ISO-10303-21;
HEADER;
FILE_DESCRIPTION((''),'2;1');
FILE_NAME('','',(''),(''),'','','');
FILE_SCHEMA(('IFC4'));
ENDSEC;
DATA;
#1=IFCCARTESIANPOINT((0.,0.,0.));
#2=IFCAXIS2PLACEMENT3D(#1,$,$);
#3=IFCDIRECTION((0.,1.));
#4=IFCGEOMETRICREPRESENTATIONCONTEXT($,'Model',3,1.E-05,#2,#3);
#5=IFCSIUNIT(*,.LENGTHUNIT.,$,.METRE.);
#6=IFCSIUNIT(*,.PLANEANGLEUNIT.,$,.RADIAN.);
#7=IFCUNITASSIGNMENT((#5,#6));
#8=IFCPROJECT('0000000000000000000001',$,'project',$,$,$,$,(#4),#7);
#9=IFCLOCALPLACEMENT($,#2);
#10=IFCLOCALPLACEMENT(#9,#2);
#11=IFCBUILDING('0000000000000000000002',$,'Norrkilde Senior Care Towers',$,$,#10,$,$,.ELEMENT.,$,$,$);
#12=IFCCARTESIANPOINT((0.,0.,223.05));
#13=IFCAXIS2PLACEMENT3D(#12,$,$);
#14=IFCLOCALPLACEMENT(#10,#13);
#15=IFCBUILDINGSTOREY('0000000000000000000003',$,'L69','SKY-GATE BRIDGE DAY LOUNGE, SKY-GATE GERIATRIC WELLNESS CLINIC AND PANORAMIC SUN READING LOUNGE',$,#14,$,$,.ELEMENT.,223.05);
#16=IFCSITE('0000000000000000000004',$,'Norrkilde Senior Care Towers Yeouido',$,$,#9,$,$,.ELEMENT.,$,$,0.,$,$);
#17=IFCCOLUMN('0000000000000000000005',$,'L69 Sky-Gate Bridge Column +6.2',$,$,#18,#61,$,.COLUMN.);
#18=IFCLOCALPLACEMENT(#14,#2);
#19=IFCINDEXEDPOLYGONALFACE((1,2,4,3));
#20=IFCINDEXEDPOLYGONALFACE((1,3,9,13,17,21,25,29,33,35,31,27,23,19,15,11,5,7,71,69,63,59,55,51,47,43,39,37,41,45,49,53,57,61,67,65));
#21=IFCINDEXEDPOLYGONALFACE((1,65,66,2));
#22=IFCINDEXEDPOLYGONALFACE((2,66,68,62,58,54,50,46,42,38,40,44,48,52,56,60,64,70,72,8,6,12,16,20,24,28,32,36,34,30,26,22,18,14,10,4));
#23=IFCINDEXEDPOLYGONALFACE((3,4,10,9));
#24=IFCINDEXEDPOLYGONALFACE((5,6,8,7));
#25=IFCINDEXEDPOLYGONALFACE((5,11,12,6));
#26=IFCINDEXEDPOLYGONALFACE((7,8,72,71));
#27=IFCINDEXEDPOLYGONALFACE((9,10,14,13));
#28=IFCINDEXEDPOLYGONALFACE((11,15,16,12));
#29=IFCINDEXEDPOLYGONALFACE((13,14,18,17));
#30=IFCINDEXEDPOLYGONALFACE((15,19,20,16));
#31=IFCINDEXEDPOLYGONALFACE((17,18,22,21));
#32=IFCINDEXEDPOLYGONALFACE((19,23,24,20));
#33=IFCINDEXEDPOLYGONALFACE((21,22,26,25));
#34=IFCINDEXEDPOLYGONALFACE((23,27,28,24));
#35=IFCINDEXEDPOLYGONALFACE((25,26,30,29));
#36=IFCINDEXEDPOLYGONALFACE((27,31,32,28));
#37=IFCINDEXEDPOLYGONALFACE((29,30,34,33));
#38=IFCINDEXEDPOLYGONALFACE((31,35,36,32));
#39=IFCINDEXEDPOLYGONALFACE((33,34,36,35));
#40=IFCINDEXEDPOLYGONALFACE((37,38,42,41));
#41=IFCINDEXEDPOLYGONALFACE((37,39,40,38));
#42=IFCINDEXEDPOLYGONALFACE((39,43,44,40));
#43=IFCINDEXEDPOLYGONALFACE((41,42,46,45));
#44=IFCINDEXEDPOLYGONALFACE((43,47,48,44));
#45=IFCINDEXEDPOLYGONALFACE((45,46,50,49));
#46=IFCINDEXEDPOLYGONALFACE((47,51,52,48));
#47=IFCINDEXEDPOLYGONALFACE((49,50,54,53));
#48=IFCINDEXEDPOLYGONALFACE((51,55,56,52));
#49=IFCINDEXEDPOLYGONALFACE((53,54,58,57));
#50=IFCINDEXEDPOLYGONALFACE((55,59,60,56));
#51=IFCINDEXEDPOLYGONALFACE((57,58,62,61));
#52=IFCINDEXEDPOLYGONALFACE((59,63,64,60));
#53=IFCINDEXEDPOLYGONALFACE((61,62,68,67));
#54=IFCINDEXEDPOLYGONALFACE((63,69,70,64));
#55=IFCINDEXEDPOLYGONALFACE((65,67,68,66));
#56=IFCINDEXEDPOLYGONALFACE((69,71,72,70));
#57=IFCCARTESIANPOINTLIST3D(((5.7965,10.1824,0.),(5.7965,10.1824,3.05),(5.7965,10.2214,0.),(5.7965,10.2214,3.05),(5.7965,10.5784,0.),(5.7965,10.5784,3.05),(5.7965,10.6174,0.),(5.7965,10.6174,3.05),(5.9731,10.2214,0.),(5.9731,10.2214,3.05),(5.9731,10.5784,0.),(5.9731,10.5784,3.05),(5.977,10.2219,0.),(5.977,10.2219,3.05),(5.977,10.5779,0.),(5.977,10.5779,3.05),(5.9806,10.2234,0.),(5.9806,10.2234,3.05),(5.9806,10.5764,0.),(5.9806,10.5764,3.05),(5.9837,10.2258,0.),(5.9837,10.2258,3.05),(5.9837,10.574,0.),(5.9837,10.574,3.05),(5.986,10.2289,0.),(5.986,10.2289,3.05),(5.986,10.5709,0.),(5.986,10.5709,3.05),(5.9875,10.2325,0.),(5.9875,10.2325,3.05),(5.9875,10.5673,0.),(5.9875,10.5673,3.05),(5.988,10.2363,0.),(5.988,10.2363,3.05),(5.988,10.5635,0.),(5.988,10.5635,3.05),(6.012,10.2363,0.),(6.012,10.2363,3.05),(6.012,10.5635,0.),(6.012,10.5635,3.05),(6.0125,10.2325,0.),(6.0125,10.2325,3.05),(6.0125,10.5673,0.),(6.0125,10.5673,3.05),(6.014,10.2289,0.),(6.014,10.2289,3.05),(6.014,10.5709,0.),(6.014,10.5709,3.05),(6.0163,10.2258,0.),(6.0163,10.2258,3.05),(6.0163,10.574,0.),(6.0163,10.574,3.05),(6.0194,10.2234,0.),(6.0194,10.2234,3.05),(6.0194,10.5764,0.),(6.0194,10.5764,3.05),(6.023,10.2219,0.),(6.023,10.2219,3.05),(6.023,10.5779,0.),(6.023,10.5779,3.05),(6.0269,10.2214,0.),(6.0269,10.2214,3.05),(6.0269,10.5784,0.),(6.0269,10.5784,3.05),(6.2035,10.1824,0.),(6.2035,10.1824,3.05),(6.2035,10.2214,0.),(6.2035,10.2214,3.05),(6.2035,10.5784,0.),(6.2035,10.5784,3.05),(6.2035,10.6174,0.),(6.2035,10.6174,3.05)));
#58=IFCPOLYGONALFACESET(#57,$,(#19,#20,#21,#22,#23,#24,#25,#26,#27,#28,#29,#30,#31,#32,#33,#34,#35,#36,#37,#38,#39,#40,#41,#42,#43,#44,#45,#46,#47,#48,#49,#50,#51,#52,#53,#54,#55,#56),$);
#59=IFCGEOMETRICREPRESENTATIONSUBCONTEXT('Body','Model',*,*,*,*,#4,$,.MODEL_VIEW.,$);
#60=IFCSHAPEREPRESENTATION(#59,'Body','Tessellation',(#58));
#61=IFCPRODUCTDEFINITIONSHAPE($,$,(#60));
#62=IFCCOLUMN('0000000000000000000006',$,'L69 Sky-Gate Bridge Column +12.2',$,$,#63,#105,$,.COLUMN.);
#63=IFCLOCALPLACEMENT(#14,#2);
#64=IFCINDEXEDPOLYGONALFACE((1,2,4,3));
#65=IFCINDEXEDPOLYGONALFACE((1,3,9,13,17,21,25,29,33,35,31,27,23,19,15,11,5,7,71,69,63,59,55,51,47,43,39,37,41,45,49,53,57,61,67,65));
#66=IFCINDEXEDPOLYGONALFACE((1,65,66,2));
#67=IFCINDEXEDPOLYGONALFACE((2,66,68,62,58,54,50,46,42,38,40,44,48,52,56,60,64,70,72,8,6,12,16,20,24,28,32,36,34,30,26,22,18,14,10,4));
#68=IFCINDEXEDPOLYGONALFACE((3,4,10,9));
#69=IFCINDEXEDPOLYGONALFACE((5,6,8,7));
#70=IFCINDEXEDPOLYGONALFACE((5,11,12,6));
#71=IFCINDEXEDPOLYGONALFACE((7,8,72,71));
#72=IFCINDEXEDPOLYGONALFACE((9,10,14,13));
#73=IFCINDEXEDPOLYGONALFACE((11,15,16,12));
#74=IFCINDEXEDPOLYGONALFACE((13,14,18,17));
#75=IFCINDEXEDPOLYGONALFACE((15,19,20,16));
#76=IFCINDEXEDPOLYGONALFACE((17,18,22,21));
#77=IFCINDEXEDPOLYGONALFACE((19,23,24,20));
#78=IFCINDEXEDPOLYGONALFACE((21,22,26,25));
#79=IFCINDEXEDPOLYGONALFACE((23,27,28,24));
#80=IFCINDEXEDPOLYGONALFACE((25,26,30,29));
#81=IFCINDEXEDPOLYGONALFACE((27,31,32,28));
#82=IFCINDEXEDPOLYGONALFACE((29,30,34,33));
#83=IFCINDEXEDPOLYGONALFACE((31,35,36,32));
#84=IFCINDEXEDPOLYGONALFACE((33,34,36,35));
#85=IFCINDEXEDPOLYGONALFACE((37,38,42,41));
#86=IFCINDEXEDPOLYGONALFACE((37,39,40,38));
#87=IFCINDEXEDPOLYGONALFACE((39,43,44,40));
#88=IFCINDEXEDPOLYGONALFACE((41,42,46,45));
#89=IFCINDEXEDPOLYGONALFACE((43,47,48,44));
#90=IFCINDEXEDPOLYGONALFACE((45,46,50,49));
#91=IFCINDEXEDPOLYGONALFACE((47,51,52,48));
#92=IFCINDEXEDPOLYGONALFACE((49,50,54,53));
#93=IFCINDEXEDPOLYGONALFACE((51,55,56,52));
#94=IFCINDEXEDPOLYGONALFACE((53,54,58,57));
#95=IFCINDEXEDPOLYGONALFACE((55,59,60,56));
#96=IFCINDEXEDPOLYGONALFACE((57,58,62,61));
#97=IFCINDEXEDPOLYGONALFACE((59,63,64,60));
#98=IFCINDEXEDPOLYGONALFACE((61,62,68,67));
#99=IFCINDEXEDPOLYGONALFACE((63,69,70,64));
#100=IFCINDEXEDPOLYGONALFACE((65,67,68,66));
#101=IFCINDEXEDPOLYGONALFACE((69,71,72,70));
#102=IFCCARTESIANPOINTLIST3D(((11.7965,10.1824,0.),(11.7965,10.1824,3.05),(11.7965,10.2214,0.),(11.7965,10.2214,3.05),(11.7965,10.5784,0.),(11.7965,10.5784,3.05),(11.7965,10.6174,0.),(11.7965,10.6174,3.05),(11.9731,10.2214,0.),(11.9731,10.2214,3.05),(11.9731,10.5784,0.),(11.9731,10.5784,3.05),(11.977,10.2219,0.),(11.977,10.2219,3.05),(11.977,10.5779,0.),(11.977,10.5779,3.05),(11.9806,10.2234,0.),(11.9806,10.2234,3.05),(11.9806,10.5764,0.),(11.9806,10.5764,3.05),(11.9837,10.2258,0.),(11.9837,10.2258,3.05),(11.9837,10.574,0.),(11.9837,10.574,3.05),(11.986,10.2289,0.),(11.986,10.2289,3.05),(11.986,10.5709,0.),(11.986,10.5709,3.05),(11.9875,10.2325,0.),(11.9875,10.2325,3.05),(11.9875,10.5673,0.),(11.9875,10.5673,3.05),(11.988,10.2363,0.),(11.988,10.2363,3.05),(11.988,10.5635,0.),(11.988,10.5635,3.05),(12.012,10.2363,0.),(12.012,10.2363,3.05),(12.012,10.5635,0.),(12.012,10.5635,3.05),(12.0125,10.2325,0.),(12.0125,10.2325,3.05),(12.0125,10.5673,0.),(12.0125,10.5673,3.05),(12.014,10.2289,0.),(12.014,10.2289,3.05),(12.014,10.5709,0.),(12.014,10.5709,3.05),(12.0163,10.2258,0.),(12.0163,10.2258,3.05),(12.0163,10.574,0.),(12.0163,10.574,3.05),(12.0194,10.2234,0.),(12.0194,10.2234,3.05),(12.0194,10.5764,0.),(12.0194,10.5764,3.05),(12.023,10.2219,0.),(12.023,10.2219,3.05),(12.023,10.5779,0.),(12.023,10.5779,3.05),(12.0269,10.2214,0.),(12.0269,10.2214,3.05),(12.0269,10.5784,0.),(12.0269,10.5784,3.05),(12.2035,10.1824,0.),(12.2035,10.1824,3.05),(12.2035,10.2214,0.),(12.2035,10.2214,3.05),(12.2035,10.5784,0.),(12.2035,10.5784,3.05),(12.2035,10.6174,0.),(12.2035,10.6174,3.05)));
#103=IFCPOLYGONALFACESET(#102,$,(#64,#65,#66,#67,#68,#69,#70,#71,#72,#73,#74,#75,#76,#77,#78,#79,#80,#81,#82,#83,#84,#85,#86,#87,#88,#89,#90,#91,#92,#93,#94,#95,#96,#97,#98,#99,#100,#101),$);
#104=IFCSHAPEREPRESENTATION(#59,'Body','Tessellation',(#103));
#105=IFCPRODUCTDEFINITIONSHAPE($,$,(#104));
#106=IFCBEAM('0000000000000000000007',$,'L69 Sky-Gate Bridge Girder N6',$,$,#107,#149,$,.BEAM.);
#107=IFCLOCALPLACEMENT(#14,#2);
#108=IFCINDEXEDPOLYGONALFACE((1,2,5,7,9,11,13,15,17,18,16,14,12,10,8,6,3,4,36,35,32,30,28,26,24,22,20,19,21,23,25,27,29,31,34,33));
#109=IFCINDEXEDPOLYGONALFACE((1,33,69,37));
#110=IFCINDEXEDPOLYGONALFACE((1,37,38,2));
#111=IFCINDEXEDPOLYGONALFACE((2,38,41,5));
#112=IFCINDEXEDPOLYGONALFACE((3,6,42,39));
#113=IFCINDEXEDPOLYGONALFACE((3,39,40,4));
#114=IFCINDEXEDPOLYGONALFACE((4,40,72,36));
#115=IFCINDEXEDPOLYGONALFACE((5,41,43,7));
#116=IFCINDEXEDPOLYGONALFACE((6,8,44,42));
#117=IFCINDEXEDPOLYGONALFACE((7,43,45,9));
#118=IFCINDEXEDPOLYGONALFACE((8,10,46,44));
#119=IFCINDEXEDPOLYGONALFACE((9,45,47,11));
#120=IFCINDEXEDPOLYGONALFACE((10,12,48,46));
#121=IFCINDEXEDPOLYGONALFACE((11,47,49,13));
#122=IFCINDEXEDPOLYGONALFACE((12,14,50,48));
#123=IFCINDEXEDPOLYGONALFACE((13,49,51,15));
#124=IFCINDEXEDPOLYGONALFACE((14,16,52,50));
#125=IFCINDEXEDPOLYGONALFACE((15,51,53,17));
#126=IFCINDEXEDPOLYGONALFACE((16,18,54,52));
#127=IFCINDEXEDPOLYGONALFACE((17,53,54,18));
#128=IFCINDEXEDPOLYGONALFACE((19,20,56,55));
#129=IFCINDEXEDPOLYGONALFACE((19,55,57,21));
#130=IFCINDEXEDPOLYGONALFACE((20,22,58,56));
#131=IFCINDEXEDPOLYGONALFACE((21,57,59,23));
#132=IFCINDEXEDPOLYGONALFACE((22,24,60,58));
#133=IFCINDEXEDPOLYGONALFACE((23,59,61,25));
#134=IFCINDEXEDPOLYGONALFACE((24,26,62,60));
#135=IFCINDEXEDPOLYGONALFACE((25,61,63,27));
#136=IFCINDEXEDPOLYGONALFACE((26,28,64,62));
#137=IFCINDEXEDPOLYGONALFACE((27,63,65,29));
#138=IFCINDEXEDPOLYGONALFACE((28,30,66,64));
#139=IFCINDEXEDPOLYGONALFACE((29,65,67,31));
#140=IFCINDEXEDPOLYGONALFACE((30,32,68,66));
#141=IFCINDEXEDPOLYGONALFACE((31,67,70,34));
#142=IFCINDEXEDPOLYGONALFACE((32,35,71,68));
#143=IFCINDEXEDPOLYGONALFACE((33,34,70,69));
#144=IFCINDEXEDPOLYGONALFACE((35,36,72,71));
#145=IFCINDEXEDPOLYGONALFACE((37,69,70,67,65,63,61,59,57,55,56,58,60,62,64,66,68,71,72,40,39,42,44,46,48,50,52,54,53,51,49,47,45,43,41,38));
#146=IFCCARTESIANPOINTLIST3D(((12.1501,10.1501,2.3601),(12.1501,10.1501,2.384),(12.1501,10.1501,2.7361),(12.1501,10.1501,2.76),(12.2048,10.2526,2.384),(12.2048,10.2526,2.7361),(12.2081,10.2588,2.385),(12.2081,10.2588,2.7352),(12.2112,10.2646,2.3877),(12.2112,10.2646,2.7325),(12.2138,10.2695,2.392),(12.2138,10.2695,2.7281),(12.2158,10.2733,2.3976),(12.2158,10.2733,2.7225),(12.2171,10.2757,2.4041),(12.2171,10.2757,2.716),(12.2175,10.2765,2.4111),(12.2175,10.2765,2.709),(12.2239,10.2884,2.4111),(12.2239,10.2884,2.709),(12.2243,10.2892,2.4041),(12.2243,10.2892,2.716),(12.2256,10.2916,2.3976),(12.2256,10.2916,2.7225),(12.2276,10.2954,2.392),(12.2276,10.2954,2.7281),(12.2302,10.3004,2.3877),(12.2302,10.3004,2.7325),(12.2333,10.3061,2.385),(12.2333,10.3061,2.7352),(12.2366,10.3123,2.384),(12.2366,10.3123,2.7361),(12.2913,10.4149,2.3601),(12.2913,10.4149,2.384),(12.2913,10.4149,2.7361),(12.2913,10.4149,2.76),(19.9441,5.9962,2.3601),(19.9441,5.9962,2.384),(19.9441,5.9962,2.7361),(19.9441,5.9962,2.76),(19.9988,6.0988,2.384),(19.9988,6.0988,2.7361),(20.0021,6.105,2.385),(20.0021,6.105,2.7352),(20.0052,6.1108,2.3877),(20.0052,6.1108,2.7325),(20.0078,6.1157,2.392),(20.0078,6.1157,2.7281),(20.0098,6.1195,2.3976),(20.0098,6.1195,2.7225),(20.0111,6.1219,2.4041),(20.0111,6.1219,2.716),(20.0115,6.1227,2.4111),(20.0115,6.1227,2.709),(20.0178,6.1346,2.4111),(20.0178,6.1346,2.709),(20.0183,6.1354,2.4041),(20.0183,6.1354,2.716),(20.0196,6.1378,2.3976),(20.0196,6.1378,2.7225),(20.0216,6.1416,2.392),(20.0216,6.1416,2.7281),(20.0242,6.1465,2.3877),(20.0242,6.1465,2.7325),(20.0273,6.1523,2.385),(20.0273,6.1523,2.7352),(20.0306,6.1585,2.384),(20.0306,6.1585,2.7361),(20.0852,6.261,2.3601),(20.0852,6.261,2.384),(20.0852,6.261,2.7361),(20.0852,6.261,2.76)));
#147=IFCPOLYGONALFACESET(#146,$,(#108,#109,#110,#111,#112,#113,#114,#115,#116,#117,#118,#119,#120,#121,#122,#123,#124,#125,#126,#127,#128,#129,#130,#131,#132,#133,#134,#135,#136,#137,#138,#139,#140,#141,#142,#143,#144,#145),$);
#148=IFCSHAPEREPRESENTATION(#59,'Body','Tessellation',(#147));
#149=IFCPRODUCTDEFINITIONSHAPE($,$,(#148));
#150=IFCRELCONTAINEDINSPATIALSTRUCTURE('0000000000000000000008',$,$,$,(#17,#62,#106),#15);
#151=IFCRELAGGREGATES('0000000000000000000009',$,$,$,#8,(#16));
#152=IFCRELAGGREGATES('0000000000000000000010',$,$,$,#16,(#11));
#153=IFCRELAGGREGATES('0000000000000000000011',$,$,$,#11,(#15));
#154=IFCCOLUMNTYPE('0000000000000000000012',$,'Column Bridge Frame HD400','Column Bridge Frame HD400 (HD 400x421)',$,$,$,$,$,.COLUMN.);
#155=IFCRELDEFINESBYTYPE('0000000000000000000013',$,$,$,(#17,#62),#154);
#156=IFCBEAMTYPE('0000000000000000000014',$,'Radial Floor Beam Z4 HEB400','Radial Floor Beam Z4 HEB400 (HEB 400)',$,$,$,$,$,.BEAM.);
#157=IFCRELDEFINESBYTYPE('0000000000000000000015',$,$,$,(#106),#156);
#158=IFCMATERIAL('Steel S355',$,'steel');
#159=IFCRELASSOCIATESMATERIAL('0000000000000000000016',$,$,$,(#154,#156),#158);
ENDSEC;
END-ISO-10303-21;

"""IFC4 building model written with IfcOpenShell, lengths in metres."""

from ifc_helpers import new_model, si_unit, direction, frame, origin, origin_2d, place, context, subcontext, project, spatial, i_section, extrude, source, transform, mapped, material, material_profile, profile_set, type_object, type_shapes, element, save


model = new_model("IFC4")

# Units and contexts
model_context = context("Model", 3, precision=1e-05, world=origin(), true_north=direction((0.0, 1.0)))
body_context = subcontext(model_context, "Body", "Model", "MODEL_VIEW")
ifc_project = project(units=[si_unit("LENGTHUNIT", "METRE"), si_unit("PLANEANGLEUNIT", "RADIAN")], contexts=[model_context])

# Site, building, storey
site_placement = place(None, origin())
site = spatial("IfcSite", under=ifc_project, at=site_placement, Name="Norrkilde Senior Care Towers Yeouido", CompositionType="ELEMENT", RefElevation=0.0)
building_placement = place(site_placement, origin())
building = spatial("IfcBuilding", under=site, at=building_placement, Name="Norrkilde Senior Care Towers", CompositionType="ELEMENT")
storey_placement = place(building_placement, frame((0.0, 0.0, 223.05)))
storey = spatial("IfcBuildingStorey", under=building, at=storey_placement, Name="L69", Description="SKY-GATE BRIDGE DAY LOUNGE, SKY-GATE GERIATRIC WELLNESS CLINIC AND PANORAMIC SUN READING LOUNGE", CompositionType="ELEMENT", Elevation=223.05)

# Columns
ifc_material_1 = material(Name="Steel S355", Category="steel")
ifc_material_profile_1 = material_profile(ifc_material_1, i_section(OverallWidth=0.407, OverallDepth=0.4351, WebThickness=0.0239, FlangeThickness=0.0391, FilletRadius=0.0149, at=origin_2d()), Name="HD 400x421")
ifc_profile_set_1 = profile_set([ifc_material_profile_1], Name="Steel S355")
column_type = type_object("IfcColumnType", Name="Column Bridge Frame HD400", Description="Column Bridge Frame HD400 (HD 400x421)", PredefinedType="COLUMN", material=ifc_profile_set_1)
shared_shape_1 = source(origin(), body_context, "Body", "SweptSolid", [
    extrude(i_section(OverallWidth=0.407, OverallDepth=0.4351, WebThickness=0.0239, FlangeThickness=0.0391, FilletRadius=0.0149, at=origin_2d()), origin(), (0.0, 0.0, 1.0), 3.05),
])
type_shapes(column_type, [shared_shape_1])
for number, where, z_axis, x_axis, name in (
    (1, (6.0, 10.3999, 0.0), (0.0, 0.0, 1.0), (1.0, 0.0, 0.0), "L69 Sky-Gate Bridge Column +6.2"),
    (2, (12.0, 10.3999, 0.0), (0.0, 0.0, 1.0), (1.0, 0.0, 0.0), "L69 Sky-Gate Bridge Column +12.2"),
):
    element("IfcColumn", number, at=place(storey_placement, frame(where, z_axis=z_axis, x_axis=x_axis)), inside=storey, type_object=column_type, Name=name, PredefinedType="COLUMN", context=body_context, shape_type="MappedRepresentation", body=[
        mapped(shared_shape_1, transform((0.0, 0.0, 0.0), x_axis=(1.0, 0.0, 0.0), y_axis=(0.0, 1.0, 0.0), z_axis=(0.0, 0.0, 1.0), scale=1.0)),
    ])

# Beam
ifc_material_profile_2 = material_profile(ifc_material_1, i_section(OverallWidth=0.3, OverallDepth=0.3999, WebThickness=0.0134, FlangeThickness=0.0239, FilletRadius=0.0271, at=origin_2d()), Name="HEB 400")
ifc_profile_set_2 = profile_set([ifc_material_profile_2], Name="Steel S355")
beam_type_1 = type_object("IfcBeamType", Name="Radial Floor Beam Z4 HEB400", Description="Radial Floor Beam Z4 HEB400 (HEB 400)", PredefinedType="BEAM", material=ifc_profile_set_2)
shared_shape_2 = source(origin(), body_context, "Body", "SweptSolid", [
    extrude(i_section(OverallWidth=0.3, OverallDepth=0.3999, WebThickness=0.0134, FlangeThickness=0.0239, FilletRadius=0.0271, at=origin_2d()), origin(), (0.0, 0.0, 1.0), 8.8318),
])
type_shapes(beam_type_1, [shared_shape_2])
beam_placement = place(storey_placement, frame((12.2207, 10.2825, 2.5601), z_axis=(0.882492, -0.470327, 0.0), x_axis=(0.470327, 0.882492, 0.0)))
element("IfcBeam", 3, at=beam_placement, inside=storey, type_object=beam_type_1, Name="L69 Sky-Gate Bridge Girder N6", PredefinedType="BEAM", context=body_context, shape_type="MappedRepresentation", body=[
    mapped(shared_shape_2, transform((0.0, 0.0, 0.0), x_axis=(1.0, 0.0, 0.0), y_axis=(0.0, 1.0, 0.0), z_axis=(0.0, 0.0, 1.0), scale=1.0)),
])

save(model, "model.ifc")
